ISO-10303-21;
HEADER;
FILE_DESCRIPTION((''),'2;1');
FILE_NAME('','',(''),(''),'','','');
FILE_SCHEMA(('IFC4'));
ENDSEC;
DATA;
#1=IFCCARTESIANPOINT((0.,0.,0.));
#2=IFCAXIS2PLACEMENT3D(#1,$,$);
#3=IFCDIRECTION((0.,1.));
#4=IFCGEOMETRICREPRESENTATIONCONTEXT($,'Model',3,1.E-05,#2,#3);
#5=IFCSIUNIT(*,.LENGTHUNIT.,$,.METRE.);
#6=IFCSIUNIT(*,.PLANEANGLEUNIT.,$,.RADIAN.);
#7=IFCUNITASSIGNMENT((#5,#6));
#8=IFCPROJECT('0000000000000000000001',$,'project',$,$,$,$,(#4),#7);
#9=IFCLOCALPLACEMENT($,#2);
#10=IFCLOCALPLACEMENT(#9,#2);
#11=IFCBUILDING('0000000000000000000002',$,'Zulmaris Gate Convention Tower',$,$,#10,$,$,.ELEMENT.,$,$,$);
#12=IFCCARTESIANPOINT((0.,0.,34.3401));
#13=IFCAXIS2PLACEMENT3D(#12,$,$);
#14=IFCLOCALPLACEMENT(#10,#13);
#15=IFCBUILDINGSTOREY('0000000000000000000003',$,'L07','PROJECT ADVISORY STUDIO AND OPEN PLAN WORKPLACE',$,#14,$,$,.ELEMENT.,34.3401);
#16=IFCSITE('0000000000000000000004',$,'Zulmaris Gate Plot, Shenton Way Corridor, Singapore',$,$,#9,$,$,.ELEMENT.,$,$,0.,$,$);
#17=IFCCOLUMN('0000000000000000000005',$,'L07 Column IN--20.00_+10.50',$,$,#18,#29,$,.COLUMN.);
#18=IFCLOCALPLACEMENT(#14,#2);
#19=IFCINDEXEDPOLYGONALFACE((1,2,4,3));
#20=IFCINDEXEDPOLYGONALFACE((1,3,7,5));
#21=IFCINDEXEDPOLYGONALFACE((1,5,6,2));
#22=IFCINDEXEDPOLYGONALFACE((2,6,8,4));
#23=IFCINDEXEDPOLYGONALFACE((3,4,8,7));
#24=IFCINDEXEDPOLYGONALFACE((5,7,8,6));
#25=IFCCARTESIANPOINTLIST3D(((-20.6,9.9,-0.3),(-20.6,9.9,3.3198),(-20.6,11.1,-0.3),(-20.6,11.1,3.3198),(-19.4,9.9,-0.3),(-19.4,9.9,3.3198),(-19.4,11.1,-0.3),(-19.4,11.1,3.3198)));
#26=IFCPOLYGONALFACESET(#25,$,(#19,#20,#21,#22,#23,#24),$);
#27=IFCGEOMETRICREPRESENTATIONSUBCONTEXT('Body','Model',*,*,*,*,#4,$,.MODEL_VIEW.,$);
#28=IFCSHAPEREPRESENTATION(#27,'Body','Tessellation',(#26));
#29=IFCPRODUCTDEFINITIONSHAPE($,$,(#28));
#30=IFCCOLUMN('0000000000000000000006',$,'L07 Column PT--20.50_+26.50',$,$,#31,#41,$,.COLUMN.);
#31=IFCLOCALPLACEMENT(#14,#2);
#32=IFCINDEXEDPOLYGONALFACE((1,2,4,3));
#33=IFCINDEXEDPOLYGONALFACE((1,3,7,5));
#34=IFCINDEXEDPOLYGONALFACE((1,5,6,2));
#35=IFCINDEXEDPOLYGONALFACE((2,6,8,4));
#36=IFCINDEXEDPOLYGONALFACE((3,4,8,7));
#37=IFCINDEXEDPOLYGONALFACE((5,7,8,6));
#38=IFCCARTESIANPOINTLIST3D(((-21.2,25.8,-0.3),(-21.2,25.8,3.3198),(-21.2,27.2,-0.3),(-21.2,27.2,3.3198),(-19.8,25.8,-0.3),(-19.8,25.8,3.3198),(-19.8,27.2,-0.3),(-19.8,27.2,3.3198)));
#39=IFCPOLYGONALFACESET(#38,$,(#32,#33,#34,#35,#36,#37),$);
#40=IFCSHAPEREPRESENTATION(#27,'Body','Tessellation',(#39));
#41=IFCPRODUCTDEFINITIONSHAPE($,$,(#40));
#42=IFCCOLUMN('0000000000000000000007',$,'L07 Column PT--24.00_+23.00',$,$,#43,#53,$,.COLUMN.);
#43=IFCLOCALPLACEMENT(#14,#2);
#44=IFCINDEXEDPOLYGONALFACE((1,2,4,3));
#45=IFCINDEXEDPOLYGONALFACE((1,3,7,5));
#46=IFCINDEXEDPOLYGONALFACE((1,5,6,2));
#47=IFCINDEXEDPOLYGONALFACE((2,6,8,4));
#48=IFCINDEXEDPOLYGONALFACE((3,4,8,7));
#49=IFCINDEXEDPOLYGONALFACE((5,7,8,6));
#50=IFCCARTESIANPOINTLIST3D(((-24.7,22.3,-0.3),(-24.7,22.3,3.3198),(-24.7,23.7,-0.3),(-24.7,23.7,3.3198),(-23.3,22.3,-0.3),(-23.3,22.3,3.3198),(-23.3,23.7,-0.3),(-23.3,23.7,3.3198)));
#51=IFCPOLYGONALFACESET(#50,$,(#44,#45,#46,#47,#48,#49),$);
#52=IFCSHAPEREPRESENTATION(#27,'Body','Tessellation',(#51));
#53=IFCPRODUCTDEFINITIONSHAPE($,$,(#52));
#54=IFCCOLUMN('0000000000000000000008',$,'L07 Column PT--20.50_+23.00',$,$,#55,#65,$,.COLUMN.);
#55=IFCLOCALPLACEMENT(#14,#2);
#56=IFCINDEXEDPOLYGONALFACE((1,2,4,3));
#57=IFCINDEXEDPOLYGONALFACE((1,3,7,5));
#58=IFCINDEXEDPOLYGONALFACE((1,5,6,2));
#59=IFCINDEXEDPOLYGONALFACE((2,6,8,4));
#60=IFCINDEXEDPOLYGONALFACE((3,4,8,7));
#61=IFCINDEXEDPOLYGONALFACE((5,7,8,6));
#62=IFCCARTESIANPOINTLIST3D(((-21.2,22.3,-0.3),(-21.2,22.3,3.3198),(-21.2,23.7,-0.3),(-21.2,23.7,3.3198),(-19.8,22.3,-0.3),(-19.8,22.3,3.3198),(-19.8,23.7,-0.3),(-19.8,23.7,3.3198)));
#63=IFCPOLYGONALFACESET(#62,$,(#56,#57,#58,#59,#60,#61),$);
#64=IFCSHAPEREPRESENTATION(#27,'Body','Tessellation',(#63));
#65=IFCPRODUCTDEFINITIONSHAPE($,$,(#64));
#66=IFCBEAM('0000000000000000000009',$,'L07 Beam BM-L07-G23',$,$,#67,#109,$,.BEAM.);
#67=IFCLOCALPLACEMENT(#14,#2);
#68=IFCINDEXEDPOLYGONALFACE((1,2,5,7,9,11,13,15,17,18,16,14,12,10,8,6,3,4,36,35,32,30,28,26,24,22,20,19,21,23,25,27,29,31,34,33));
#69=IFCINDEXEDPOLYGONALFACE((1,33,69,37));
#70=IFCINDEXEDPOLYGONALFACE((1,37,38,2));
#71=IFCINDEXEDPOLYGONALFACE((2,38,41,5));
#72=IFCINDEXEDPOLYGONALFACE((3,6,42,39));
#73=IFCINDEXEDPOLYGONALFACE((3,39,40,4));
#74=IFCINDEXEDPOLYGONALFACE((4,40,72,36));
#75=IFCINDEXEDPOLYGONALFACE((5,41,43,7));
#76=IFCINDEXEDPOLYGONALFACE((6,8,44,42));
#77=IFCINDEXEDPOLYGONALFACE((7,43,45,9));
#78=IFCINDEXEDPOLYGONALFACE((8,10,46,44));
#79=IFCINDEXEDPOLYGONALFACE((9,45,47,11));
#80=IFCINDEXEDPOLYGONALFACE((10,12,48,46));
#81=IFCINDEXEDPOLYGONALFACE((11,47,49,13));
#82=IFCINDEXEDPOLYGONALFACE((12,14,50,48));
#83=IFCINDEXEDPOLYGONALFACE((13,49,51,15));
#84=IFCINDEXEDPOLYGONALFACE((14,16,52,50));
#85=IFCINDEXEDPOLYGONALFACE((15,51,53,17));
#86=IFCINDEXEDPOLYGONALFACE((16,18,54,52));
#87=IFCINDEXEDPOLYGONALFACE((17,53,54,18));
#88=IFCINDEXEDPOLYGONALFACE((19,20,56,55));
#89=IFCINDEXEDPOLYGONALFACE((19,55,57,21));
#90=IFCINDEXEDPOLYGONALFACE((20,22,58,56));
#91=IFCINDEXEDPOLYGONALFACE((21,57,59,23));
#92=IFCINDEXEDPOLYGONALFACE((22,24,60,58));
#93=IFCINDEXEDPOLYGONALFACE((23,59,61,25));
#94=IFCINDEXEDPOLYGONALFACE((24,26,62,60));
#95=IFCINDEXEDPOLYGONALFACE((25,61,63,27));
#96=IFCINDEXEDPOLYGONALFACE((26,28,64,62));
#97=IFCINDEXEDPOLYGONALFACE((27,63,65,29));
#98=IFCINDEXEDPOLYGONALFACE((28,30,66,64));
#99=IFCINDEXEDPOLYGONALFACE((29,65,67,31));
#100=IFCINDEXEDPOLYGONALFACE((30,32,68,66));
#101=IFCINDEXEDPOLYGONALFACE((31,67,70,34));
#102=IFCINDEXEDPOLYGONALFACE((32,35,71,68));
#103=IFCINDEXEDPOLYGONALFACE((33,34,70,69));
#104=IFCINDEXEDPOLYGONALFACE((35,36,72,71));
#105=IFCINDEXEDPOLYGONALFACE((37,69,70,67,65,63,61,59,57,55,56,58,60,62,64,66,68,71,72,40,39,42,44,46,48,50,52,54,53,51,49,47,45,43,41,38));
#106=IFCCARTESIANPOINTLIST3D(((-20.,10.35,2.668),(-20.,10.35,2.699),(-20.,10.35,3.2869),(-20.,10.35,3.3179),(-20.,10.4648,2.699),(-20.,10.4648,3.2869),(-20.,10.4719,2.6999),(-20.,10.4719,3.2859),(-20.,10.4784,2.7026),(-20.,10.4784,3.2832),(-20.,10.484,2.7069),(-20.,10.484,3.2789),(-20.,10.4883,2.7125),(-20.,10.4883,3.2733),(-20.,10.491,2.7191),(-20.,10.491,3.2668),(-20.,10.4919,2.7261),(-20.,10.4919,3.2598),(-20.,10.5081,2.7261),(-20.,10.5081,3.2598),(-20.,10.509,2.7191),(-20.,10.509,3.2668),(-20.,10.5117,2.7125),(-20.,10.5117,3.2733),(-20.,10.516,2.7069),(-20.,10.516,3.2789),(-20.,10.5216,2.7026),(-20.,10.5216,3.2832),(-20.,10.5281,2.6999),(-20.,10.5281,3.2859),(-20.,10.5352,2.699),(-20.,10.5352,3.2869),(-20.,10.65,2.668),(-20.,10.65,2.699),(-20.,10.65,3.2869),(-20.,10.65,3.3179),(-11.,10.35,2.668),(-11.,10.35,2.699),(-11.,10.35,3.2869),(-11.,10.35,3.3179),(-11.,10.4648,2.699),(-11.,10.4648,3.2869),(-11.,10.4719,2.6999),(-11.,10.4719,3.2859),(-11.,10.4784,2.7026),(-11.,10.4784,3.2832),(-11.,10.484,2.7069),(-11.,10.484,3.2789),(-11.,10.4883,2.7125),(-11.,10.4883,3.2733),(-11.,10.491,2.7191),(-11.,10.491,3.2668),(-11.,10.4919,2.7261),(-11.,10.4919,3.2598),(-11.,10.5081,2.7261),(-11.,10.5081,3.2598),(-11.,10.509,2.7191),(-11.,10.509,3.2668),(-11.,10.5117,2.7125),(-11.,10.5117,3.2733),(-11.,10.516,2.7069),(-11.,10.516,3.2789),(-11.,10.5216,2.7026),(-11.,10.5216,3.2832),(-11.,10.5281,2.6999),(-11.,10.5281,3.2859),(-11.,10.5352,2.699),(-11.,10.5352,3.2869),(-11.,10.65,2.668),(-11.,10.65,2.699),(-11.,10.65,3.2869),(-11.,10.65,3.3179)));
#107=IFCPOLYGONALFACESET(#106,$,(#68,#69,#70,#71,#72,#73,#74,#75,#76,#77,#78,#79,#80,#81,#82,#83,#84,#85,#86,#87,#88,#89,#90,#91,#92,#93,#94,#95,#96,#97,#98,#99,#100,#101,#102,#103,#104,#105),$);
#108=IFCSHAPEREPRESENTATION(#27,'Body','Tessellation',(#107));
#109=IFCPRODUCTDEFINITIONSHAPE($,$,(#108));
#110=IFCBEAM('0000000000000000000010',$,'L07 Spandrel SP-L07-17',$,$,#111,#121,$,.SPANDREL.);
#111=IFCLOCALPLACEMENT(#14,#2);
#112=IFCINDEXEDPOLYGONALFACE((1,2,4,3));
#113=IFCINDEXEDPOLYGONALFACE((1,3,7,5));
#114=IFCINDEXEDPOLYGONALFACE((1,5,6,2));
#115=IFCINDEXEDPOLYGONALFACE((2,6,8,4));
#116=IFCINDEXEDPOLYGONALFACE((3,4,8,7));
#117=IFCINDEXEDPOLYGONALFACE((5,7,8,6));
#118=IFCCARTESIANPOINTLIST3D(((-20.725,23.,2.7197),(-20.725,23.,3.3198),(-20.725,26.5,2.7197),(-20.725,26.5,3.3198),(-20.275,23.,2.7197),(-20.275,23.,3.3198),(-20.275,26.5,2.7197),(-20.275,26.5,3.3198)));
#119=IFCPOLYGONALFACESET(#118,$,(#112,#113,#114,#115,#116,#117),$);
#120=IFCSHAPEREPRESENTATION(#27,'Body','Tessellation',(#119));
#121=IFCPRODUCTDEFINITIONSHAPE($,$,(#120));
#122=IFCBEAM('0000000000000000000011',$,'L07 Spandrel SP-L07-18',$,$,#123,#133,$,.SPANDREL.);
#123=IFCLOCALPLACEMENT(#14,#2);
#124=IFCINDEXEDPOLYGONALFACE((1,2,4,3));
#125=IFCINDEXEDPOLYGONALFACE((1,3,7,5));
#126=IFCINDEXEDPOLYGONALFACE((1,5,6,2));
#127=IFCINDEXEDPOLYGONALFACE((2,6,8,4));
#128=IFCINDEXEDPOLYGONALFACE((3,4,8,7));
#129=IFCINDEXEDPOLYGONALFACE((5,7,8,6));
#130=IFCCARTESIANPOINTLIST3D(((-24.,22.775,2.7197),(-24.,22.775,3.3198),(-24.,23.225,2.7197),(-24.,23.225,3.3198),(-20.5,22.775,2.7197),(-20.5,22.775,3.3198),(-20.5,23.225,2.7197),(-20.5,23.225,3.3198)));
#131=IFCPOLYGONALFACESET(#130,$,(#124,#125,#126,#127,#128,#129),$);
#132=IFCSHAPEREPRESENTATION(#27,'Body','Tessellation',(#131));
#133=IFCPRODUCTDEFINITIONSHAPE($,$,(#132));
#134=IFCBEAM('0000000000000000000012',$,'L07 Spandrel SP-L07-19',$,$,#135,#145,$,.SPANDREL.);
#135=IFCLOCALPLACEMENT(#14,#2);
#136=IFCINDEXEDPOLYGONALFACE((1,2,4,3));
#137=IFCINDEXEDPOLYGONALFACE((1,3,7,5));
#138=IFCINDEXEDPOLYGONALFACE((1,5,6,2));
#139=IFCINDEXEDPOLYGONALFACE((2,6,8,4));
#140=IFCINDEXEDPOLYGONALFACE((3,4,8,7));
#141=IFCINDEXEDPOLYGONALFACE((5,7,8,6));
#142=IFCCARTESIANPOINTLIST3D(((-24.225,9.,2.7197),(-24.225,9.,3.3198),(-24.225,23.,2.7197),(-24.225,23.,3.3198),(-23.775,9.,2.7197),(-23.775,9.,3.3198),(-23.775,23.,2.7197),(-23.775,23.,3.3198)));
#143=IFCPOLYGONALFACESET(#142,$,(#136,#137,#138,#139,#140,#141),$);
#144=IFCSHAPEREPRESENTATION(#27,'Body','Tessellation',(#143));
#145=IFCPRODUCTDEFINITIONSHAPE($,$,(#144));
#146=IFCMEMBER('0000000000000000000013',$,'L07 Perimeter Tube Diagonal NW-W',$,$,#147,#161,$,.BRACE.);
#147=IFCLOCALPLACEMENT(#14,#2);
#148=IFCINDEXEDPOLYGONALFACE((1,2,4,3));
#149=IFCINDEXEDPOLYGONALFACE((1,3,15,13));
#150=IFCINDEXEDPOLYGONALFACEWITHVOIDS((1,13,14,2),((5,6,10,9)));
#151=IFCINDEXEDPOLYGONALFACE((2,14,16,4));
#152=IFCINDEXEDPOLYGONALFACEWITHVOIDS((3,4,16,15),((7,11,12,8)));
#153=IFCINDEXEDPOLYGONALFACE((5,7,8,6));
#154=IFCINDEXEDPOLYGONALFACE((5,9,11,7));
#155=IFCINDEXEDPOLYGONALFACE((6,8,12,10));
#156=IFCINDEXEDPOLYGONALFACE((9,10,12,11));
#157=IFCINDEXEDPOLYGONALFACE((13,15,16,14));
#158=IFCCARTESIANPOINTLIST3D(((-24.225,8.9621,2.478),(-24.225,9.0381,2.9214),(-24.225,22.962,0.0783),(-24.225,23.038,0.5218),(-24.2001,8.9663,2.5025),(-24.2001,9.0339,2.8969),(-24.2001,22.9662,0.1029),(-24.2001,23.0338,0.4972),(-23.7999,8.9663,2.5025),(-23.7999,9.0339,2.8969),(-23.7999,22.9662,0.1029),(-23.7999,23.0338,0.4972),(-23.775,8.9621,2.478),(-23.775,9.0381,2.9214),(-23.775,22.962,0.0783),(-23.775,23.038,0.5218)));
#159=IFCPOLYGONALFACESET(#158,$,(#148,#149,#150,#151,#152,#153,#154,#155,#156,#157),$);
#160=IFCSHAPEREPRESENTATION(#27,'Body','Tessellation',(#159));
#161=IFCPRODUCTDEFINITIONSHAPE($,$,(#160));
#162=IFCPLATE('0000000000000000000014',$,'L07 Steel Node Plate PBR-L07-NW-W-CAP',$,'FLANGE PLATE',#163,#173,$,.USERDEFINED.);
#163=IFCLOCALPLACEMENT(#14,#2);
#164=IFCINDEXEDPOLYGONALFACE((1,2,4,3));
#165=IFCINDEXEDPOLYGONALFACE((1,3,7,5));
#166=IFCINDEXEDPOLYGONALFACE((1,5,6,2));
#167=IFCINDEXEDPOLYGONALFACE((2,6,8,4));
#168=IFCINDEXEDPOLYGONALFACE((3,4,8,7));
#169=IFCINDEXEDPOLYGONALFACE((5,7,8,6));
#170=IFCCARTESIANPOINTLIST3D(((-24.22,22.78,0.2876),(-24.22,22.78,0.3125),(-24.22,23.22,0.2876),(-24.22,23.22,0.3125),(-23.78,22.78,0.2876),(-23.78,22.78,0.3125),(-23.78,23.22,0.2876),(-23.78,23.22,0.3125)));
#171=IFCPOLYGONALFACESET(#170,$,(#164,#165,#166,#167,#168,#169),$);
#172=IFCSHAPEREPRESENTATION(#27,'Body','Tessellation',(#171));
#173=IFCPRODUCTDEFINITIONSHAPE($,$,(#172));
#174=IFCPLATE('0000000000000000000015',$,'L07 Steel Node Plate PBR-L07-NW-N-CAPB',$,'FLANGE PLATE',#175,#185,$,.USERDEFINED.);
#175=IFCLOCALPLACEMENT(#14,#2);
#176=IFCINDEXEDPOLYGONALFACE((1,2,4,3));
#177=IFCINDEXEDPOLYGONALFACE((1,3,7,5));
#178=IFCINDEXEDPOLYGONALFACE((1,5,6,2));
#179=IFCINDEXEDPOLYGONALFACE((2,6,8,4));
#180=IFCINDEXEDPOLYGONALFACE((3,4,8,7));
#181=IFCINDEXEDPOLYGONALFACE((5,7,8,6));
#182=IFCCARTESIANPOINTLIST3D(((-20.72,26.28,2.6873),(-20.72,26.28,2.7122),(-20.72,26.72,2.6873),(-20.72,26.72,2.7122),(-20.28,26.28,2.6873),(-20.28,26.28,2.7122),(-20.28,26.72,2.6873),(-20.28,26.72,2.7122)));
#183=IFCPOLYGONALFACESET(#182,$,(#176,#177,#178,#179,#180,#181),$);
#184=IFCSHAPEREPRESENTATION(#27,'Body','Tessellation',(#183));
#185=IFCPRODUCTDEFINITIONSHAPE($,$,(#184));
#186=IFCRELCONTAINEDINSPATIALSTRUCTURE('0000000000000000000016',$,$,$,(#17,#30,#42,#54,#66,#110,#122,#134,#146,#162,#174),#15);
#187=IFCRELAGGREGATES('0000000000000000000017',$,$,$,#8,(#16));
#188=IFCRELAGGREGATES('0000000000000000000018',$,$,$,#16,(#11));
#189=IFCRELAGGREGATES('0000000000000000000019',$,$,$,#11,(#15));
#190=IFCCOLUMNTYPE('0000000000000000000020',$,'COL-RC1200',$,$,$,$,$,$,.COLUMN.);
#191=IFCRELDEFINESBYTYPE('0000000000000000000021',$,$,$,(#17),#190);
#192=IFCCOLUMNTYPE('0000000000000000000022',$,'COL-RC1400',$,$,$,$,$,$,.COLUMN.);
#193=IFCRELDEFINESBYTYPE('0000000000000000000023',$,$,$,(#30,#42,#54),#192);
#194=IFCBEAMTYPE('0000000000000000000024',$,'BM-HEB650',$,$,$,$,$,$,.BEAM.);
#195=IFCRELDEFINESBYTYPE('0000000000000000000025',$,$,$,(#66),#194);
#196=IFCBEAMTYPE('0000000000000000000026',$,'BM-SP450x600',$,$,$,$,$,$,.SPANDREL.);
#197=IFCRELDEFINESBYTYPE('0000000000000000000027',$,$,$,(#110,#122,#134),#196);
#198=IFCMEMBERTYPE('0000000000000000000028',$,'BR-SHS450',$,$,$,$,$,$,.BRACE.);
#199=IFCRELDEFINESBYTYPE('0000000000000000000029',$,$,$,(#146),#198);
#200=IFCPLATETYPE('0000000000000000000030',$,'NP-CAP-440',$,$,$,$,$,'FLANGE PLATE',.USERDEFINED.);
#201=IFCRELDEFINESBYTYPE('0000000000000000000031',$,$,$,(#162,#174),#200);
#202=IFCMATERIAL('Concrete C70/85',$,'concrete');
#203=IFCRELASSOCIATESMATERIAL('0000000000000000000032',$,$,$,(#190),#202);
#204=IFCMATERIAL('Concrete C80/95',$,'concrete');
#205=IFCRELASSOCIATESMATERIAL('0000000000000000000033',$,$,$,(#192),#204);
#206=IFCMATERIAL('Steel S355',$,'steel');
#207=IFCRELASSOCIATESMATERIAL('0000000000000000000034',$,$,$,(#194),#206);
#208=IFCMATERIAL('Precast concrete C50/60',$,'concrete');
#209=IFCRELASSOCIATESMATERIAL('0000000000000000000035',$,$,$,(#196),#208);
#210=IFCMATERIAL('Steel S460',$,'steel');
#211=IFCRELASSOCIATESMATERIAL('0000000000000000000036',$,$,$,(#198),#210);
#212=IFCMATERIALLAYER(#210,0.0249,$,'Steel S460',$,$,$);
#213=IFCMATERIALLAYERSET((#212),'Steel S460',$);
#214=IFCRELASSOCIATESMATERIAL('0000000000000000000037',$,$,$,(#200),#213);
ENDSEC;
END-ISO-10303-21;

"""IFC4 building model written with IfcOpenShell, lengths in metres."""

from ifc_helpers import new_model, si_unit, direction, frame, origin, origin_2d, place, context, subcontext, project, spatial, rectangle, hollow_rectangle, i_section, extrude, material, layer, layer_set, material_profile, profile_set, type_object, element, save


model = new_model("IFC4")

# Units and contexts
model_context = context("Model", 3, precision=1e-05, world=origin(), true_north=direction((0.0, 1.0)))
body_context = subcontext(model_context, "Body", "Model", "MODEL_VIEW")
ifc_project = project(units=[si_unit("LENGTHUNIT", "METRE"), si_unit("PLANEANGLEUNIT", "RADIAN")], contexts=[model_context])

# Site, building, storey
site_placement = place(None, origin())
site = spatial("IfcSite", under=ifc_project, at=site_placement, Name="Zulmaris Gate Plot, Shenton Way Corridor, Singapore", CompositionType="ELEMENT", RefElevation=0.0)
building_placement = place(site_placement, origin())
building = spatial("IfcBuilding", under=site, at=building_placement, Name="Zulmaris Gate Convention Tower", CompositionType="ELEMENT")
storey_placement = place(building_placement, frame((0.0, 0.0, 34.3401)))
storey = spatial("IfcBuildingStorey", under=building, at=storey_placement, Name="L07", Description="PROJECT ADVISORY STUDIO AND OPEN PLAN WORKPLACE", CompositionType="ELEMENT", Elevation=34.3401)

# Columns
ifc_material_1 = material(Name="Concrete C70/85", Category="concrete")
ifc_material_profile_1 = material_profile(ifc_material_1, rectangle(XDim=1.2, YDim=1.2, at=origin_2d()), Name="RC COL 1200x1200")
ifc_profile_set_1 = profile_set([ifc_material_profile_1], Name="Concrete C70/85")
column_type_1 = type_object("IfcColumnType", Name="COL-RC1200", PredefinedType="COLUMN", material=ifc_profile_set_1)
column_placement = place(storey_placement, frame((-20.0, 10.5, -0.3), z_axis=(0.0, 0.0, 1.0), x_axis=(1.0, 0.0, 0.0)))
element("IfcColumn", 1, at=column_placement, inside=storey, type_object=column_type_1, Name="L07 Column IN--20.00_+10.50", PredefinedType="COLUMN", context=body_context, shape_type="SweptSolid", body=[
    extrude(rectangle(XDim=1.2, YDim=1.2, at=origin_2d()), origin(), (0.0, 0.0, 1.0), 3.6199),
])
ifc_material_2 = material(Name="Concrete C80/95", Category="concrete")
ifc_material_profile_2 = material_profile(ifc_material_2, rectangle(XDim=1.3999, YDim=1.3999, at=origin_2d()), Name="RC COL 1400x1400")
ifc_profile_set_2 = profile_set([ifc_material_profile_2], Name="Concrete C80/95")
column_type_2 = type_object("IfcColumnType", Name="COL-RC1400", PredefinedType="COLUMN", material=ifc_profile_set_2)
for number, where, z_axis, x_axis, name in (
    (2, (-20.5, 26.5, -0.3), (0.0, 0.0, 1.0), (1.0, 0.0, 0.0), "L07 Column PT--20.50_+26.50"),
    (3, (-24.0, 23.0, -0.3), (0.0, 0.0, 1.0), (1.0, 0.0, 0.0), "L07 Column PT--24.00_+23.00"),
    (4, (-20.5, 23.0, -0.3), (0.0, 0.0, 1.0), (1.0, 0.0, 0.0), "L07 Column PT--20.50_+23.00"),
):
    element("IfcColumn", number, at=place(storey_placement, frame(where, z_axis=z_axis, x_axis=x_axis)), inside=storey, type_object=column_type_2, Name=name, PredefinedType="COLUMN", context=body_context, shape_type="SweptSolid", body=[
        extrude(rectangle(XDim=1.3999, YDim=1.3999, at=origin_2d()), origin(), (0.0, 0.0, 1.0), 3.6199),
    ])

# Beams
ifc_material_3 = material(Name="Steel S355", Category="steel")
ifc_material_profile_3 = material_profile(ifc_material_3, i_section(OverallWidth=0.3, OverallDepth=0.6499, WebThickness=0.0161, FlangeThickness=0.031, FilletRadius=0.0271, at=origin_2d()), Name="HEB 650")
ifc_profile_set_3 = profile_set([ifc_material_profile_3], Name="Steel S355")
beam_type_1 = type_object("IfcBeamType", Name="BM-HEB650", PredefinedType="BEAM", material=ifc_profile_set_3)
beam_1_placement = place(storey_placement, frame((-20.0, 10.5, 2.9929), z_axis=(1.0, 0.0, 0.0), x_axis=(0.0, 1.0, 0.0)))
element("IfcBeam", 5, at=beam_1_placement, inside=storey, type_object=beam_type_1, Name="L07 Beam BM-L07-G23", PredefinedType="BEAM", context=body_context, shape_type="SweptSolid", body=[
    extrude(i_section(OverallWidth=0.3, OverallDepth=0.6499, WebThickness=0.0161, FlangeThickness=0.031, FilletRadius=0.0271, at=origin_2d()), origin(), (0.0, 0.0, 1.0), 9.0),
])
ifc_material_4 = material(Name="Precast concrete C50/60", Category="concrete")
ifc_material_profile_4 = material_profile(ifc_material_4, rectangle(XDim=0.45, YDim=0.6001, at=origin_2d()), Name="RC SPANDREL 450x600")
ifc_profile_set_4 = profile_set([ifc_material_profile_4], Name="Precast concrete C50/60")
beam_type_2 = type_object("IfcBeamType", Name="BM-SP450x600", PredefinedType="SPANDREL", material=ifc_profile_set_4)
for number, where, z_axis, x_axis, name in (
    (6, (-20.5, 26.5, 3.0198), (0.0, -1.0, 0.0), (1.0, 0.0, 0.0), "L07 Spandrel SP-L07-17"),
    (7, (-20.5, 23.0, 3.0198), (-1.0, 0.0, 0.0), (0.0, -1.0, 0.0), "L07 Spandrel SP-L07-18"),
):
    element("IfcBeam", number, at=place(storey_placement, frame(where, z_axis=z_axis, x_axis=x_axis)), inside=storey, type_object=beam_type_2, Name=name, PredefinedType="SPANDREL", context=body_context, shape_type="SweptSolid", body=[
        extrude(rectangle(XDim=0.45, YDim=0.6001, at=origin_2d()), origin(), (0.0, 0.0, 1.0), 3.5),
    ])
beam_2_placement = place(storey_placement, frame((-24.0, 23.0, 3.0198), z_axis=(0.0, -1.0, 0.0), x_axis=(1.0, 0.0, 0.0)))
element("IfcBeam", 8, at=beam_2_placement, inside=storey, type_object=beam_type_2, Name="L07 Spandrel SP-L07-19", PredefinedType="SPANDREL", context=body_context, shape_type="SweptSolid", body=[
    extrude(rectangle(XDim=0.45, YDim=0.6001, at=origin_2d()), origin(), (0.0, 0.0, 1.0), 14.0),
])

# Member
ifc_material_5 = material(Name="Steel S460", Category="steel")
ifc_material_profile_5 = material_profile(ifc_material_5, hollow_rectangle(XDim=0.45, YDim=0.45, WallThickness=0.0249, at=origin_2d()), Name="SHS 450x450x25")
ifc_profile_set_5 = profile_set([ifc_material_profile_5], Name="Steel S460")
member_type = type_object("IfcMemberType", Name="BR-SHS450", PredefinedType="BRACE", material=ifc_profile_set_5)
member_placement = place(storey_placement, frame((-24.0, 23.0, 0.3), z_axis=(0.0, -0.985626, 0.16894), x_axis=(1.0, 0.0, 0.0)))
element("IfcMember", 9, at=member_placement, inside=storey, type_object=member_type, Name="L07 Perimeter Tube Diagonal NW-W", PredefinedType="BRACE", context=body_context, shape_type="SweptSolid", body=[
    extrude(hollow_rectangle(XDim=0.45, YDim=0.45, WallThickness=0.0249, at=origin_2d()), origin(), (0.0, 0.0, 1.0), 14.2041),
])

# Plates
ifc_layer_1 = layer(ifc_material_5, 0.0249, Name="Steel S460")
ifc_layer_set_1 = layer_set([ifc_layer_1], Name="Steel S460")
plate_type = type_object("IfcPlateType", Name="NP-CAP-440", ElementType="FLANGE PLATE", PredefinedType="USERDEFINED", material=ifc_layer_set_1)
for number, where, z_axis, x_axis, name in (
    (10, (-24.0, 23.0, 0.2876), (0.0, 0.0, 1.0), (1.0, 0.0, 0.0), "L07 Steel Node Plate PBR-L07-NW-W-CAP"),
    (11, (-20.5, 26.5, 2.6873), (0.0, 0.0, 1.0), (1.0, 0.0, 0.0), "L07 Steel Node Plate PBR-L07-NW-N-CAPB"),
):
    element("IfcPlate", number, at=place(storey_placement, frame(where, z_axis=z_axis, x_axis=x_axis)), inside=storey, type_object=plate_type, Name=name, ObjectType="FLANGE PLATE", PredefinedType="USERDEFINED", context=body_context, shape_type="SweptSolid", body=[
        extrude(rectangle(XDim=0.4399, YDim=0.4399, at=origin_2d()), origin(), (0.0, 0.0, 1.0), 0.0249),
    ])

save(model, "model.ifc")
